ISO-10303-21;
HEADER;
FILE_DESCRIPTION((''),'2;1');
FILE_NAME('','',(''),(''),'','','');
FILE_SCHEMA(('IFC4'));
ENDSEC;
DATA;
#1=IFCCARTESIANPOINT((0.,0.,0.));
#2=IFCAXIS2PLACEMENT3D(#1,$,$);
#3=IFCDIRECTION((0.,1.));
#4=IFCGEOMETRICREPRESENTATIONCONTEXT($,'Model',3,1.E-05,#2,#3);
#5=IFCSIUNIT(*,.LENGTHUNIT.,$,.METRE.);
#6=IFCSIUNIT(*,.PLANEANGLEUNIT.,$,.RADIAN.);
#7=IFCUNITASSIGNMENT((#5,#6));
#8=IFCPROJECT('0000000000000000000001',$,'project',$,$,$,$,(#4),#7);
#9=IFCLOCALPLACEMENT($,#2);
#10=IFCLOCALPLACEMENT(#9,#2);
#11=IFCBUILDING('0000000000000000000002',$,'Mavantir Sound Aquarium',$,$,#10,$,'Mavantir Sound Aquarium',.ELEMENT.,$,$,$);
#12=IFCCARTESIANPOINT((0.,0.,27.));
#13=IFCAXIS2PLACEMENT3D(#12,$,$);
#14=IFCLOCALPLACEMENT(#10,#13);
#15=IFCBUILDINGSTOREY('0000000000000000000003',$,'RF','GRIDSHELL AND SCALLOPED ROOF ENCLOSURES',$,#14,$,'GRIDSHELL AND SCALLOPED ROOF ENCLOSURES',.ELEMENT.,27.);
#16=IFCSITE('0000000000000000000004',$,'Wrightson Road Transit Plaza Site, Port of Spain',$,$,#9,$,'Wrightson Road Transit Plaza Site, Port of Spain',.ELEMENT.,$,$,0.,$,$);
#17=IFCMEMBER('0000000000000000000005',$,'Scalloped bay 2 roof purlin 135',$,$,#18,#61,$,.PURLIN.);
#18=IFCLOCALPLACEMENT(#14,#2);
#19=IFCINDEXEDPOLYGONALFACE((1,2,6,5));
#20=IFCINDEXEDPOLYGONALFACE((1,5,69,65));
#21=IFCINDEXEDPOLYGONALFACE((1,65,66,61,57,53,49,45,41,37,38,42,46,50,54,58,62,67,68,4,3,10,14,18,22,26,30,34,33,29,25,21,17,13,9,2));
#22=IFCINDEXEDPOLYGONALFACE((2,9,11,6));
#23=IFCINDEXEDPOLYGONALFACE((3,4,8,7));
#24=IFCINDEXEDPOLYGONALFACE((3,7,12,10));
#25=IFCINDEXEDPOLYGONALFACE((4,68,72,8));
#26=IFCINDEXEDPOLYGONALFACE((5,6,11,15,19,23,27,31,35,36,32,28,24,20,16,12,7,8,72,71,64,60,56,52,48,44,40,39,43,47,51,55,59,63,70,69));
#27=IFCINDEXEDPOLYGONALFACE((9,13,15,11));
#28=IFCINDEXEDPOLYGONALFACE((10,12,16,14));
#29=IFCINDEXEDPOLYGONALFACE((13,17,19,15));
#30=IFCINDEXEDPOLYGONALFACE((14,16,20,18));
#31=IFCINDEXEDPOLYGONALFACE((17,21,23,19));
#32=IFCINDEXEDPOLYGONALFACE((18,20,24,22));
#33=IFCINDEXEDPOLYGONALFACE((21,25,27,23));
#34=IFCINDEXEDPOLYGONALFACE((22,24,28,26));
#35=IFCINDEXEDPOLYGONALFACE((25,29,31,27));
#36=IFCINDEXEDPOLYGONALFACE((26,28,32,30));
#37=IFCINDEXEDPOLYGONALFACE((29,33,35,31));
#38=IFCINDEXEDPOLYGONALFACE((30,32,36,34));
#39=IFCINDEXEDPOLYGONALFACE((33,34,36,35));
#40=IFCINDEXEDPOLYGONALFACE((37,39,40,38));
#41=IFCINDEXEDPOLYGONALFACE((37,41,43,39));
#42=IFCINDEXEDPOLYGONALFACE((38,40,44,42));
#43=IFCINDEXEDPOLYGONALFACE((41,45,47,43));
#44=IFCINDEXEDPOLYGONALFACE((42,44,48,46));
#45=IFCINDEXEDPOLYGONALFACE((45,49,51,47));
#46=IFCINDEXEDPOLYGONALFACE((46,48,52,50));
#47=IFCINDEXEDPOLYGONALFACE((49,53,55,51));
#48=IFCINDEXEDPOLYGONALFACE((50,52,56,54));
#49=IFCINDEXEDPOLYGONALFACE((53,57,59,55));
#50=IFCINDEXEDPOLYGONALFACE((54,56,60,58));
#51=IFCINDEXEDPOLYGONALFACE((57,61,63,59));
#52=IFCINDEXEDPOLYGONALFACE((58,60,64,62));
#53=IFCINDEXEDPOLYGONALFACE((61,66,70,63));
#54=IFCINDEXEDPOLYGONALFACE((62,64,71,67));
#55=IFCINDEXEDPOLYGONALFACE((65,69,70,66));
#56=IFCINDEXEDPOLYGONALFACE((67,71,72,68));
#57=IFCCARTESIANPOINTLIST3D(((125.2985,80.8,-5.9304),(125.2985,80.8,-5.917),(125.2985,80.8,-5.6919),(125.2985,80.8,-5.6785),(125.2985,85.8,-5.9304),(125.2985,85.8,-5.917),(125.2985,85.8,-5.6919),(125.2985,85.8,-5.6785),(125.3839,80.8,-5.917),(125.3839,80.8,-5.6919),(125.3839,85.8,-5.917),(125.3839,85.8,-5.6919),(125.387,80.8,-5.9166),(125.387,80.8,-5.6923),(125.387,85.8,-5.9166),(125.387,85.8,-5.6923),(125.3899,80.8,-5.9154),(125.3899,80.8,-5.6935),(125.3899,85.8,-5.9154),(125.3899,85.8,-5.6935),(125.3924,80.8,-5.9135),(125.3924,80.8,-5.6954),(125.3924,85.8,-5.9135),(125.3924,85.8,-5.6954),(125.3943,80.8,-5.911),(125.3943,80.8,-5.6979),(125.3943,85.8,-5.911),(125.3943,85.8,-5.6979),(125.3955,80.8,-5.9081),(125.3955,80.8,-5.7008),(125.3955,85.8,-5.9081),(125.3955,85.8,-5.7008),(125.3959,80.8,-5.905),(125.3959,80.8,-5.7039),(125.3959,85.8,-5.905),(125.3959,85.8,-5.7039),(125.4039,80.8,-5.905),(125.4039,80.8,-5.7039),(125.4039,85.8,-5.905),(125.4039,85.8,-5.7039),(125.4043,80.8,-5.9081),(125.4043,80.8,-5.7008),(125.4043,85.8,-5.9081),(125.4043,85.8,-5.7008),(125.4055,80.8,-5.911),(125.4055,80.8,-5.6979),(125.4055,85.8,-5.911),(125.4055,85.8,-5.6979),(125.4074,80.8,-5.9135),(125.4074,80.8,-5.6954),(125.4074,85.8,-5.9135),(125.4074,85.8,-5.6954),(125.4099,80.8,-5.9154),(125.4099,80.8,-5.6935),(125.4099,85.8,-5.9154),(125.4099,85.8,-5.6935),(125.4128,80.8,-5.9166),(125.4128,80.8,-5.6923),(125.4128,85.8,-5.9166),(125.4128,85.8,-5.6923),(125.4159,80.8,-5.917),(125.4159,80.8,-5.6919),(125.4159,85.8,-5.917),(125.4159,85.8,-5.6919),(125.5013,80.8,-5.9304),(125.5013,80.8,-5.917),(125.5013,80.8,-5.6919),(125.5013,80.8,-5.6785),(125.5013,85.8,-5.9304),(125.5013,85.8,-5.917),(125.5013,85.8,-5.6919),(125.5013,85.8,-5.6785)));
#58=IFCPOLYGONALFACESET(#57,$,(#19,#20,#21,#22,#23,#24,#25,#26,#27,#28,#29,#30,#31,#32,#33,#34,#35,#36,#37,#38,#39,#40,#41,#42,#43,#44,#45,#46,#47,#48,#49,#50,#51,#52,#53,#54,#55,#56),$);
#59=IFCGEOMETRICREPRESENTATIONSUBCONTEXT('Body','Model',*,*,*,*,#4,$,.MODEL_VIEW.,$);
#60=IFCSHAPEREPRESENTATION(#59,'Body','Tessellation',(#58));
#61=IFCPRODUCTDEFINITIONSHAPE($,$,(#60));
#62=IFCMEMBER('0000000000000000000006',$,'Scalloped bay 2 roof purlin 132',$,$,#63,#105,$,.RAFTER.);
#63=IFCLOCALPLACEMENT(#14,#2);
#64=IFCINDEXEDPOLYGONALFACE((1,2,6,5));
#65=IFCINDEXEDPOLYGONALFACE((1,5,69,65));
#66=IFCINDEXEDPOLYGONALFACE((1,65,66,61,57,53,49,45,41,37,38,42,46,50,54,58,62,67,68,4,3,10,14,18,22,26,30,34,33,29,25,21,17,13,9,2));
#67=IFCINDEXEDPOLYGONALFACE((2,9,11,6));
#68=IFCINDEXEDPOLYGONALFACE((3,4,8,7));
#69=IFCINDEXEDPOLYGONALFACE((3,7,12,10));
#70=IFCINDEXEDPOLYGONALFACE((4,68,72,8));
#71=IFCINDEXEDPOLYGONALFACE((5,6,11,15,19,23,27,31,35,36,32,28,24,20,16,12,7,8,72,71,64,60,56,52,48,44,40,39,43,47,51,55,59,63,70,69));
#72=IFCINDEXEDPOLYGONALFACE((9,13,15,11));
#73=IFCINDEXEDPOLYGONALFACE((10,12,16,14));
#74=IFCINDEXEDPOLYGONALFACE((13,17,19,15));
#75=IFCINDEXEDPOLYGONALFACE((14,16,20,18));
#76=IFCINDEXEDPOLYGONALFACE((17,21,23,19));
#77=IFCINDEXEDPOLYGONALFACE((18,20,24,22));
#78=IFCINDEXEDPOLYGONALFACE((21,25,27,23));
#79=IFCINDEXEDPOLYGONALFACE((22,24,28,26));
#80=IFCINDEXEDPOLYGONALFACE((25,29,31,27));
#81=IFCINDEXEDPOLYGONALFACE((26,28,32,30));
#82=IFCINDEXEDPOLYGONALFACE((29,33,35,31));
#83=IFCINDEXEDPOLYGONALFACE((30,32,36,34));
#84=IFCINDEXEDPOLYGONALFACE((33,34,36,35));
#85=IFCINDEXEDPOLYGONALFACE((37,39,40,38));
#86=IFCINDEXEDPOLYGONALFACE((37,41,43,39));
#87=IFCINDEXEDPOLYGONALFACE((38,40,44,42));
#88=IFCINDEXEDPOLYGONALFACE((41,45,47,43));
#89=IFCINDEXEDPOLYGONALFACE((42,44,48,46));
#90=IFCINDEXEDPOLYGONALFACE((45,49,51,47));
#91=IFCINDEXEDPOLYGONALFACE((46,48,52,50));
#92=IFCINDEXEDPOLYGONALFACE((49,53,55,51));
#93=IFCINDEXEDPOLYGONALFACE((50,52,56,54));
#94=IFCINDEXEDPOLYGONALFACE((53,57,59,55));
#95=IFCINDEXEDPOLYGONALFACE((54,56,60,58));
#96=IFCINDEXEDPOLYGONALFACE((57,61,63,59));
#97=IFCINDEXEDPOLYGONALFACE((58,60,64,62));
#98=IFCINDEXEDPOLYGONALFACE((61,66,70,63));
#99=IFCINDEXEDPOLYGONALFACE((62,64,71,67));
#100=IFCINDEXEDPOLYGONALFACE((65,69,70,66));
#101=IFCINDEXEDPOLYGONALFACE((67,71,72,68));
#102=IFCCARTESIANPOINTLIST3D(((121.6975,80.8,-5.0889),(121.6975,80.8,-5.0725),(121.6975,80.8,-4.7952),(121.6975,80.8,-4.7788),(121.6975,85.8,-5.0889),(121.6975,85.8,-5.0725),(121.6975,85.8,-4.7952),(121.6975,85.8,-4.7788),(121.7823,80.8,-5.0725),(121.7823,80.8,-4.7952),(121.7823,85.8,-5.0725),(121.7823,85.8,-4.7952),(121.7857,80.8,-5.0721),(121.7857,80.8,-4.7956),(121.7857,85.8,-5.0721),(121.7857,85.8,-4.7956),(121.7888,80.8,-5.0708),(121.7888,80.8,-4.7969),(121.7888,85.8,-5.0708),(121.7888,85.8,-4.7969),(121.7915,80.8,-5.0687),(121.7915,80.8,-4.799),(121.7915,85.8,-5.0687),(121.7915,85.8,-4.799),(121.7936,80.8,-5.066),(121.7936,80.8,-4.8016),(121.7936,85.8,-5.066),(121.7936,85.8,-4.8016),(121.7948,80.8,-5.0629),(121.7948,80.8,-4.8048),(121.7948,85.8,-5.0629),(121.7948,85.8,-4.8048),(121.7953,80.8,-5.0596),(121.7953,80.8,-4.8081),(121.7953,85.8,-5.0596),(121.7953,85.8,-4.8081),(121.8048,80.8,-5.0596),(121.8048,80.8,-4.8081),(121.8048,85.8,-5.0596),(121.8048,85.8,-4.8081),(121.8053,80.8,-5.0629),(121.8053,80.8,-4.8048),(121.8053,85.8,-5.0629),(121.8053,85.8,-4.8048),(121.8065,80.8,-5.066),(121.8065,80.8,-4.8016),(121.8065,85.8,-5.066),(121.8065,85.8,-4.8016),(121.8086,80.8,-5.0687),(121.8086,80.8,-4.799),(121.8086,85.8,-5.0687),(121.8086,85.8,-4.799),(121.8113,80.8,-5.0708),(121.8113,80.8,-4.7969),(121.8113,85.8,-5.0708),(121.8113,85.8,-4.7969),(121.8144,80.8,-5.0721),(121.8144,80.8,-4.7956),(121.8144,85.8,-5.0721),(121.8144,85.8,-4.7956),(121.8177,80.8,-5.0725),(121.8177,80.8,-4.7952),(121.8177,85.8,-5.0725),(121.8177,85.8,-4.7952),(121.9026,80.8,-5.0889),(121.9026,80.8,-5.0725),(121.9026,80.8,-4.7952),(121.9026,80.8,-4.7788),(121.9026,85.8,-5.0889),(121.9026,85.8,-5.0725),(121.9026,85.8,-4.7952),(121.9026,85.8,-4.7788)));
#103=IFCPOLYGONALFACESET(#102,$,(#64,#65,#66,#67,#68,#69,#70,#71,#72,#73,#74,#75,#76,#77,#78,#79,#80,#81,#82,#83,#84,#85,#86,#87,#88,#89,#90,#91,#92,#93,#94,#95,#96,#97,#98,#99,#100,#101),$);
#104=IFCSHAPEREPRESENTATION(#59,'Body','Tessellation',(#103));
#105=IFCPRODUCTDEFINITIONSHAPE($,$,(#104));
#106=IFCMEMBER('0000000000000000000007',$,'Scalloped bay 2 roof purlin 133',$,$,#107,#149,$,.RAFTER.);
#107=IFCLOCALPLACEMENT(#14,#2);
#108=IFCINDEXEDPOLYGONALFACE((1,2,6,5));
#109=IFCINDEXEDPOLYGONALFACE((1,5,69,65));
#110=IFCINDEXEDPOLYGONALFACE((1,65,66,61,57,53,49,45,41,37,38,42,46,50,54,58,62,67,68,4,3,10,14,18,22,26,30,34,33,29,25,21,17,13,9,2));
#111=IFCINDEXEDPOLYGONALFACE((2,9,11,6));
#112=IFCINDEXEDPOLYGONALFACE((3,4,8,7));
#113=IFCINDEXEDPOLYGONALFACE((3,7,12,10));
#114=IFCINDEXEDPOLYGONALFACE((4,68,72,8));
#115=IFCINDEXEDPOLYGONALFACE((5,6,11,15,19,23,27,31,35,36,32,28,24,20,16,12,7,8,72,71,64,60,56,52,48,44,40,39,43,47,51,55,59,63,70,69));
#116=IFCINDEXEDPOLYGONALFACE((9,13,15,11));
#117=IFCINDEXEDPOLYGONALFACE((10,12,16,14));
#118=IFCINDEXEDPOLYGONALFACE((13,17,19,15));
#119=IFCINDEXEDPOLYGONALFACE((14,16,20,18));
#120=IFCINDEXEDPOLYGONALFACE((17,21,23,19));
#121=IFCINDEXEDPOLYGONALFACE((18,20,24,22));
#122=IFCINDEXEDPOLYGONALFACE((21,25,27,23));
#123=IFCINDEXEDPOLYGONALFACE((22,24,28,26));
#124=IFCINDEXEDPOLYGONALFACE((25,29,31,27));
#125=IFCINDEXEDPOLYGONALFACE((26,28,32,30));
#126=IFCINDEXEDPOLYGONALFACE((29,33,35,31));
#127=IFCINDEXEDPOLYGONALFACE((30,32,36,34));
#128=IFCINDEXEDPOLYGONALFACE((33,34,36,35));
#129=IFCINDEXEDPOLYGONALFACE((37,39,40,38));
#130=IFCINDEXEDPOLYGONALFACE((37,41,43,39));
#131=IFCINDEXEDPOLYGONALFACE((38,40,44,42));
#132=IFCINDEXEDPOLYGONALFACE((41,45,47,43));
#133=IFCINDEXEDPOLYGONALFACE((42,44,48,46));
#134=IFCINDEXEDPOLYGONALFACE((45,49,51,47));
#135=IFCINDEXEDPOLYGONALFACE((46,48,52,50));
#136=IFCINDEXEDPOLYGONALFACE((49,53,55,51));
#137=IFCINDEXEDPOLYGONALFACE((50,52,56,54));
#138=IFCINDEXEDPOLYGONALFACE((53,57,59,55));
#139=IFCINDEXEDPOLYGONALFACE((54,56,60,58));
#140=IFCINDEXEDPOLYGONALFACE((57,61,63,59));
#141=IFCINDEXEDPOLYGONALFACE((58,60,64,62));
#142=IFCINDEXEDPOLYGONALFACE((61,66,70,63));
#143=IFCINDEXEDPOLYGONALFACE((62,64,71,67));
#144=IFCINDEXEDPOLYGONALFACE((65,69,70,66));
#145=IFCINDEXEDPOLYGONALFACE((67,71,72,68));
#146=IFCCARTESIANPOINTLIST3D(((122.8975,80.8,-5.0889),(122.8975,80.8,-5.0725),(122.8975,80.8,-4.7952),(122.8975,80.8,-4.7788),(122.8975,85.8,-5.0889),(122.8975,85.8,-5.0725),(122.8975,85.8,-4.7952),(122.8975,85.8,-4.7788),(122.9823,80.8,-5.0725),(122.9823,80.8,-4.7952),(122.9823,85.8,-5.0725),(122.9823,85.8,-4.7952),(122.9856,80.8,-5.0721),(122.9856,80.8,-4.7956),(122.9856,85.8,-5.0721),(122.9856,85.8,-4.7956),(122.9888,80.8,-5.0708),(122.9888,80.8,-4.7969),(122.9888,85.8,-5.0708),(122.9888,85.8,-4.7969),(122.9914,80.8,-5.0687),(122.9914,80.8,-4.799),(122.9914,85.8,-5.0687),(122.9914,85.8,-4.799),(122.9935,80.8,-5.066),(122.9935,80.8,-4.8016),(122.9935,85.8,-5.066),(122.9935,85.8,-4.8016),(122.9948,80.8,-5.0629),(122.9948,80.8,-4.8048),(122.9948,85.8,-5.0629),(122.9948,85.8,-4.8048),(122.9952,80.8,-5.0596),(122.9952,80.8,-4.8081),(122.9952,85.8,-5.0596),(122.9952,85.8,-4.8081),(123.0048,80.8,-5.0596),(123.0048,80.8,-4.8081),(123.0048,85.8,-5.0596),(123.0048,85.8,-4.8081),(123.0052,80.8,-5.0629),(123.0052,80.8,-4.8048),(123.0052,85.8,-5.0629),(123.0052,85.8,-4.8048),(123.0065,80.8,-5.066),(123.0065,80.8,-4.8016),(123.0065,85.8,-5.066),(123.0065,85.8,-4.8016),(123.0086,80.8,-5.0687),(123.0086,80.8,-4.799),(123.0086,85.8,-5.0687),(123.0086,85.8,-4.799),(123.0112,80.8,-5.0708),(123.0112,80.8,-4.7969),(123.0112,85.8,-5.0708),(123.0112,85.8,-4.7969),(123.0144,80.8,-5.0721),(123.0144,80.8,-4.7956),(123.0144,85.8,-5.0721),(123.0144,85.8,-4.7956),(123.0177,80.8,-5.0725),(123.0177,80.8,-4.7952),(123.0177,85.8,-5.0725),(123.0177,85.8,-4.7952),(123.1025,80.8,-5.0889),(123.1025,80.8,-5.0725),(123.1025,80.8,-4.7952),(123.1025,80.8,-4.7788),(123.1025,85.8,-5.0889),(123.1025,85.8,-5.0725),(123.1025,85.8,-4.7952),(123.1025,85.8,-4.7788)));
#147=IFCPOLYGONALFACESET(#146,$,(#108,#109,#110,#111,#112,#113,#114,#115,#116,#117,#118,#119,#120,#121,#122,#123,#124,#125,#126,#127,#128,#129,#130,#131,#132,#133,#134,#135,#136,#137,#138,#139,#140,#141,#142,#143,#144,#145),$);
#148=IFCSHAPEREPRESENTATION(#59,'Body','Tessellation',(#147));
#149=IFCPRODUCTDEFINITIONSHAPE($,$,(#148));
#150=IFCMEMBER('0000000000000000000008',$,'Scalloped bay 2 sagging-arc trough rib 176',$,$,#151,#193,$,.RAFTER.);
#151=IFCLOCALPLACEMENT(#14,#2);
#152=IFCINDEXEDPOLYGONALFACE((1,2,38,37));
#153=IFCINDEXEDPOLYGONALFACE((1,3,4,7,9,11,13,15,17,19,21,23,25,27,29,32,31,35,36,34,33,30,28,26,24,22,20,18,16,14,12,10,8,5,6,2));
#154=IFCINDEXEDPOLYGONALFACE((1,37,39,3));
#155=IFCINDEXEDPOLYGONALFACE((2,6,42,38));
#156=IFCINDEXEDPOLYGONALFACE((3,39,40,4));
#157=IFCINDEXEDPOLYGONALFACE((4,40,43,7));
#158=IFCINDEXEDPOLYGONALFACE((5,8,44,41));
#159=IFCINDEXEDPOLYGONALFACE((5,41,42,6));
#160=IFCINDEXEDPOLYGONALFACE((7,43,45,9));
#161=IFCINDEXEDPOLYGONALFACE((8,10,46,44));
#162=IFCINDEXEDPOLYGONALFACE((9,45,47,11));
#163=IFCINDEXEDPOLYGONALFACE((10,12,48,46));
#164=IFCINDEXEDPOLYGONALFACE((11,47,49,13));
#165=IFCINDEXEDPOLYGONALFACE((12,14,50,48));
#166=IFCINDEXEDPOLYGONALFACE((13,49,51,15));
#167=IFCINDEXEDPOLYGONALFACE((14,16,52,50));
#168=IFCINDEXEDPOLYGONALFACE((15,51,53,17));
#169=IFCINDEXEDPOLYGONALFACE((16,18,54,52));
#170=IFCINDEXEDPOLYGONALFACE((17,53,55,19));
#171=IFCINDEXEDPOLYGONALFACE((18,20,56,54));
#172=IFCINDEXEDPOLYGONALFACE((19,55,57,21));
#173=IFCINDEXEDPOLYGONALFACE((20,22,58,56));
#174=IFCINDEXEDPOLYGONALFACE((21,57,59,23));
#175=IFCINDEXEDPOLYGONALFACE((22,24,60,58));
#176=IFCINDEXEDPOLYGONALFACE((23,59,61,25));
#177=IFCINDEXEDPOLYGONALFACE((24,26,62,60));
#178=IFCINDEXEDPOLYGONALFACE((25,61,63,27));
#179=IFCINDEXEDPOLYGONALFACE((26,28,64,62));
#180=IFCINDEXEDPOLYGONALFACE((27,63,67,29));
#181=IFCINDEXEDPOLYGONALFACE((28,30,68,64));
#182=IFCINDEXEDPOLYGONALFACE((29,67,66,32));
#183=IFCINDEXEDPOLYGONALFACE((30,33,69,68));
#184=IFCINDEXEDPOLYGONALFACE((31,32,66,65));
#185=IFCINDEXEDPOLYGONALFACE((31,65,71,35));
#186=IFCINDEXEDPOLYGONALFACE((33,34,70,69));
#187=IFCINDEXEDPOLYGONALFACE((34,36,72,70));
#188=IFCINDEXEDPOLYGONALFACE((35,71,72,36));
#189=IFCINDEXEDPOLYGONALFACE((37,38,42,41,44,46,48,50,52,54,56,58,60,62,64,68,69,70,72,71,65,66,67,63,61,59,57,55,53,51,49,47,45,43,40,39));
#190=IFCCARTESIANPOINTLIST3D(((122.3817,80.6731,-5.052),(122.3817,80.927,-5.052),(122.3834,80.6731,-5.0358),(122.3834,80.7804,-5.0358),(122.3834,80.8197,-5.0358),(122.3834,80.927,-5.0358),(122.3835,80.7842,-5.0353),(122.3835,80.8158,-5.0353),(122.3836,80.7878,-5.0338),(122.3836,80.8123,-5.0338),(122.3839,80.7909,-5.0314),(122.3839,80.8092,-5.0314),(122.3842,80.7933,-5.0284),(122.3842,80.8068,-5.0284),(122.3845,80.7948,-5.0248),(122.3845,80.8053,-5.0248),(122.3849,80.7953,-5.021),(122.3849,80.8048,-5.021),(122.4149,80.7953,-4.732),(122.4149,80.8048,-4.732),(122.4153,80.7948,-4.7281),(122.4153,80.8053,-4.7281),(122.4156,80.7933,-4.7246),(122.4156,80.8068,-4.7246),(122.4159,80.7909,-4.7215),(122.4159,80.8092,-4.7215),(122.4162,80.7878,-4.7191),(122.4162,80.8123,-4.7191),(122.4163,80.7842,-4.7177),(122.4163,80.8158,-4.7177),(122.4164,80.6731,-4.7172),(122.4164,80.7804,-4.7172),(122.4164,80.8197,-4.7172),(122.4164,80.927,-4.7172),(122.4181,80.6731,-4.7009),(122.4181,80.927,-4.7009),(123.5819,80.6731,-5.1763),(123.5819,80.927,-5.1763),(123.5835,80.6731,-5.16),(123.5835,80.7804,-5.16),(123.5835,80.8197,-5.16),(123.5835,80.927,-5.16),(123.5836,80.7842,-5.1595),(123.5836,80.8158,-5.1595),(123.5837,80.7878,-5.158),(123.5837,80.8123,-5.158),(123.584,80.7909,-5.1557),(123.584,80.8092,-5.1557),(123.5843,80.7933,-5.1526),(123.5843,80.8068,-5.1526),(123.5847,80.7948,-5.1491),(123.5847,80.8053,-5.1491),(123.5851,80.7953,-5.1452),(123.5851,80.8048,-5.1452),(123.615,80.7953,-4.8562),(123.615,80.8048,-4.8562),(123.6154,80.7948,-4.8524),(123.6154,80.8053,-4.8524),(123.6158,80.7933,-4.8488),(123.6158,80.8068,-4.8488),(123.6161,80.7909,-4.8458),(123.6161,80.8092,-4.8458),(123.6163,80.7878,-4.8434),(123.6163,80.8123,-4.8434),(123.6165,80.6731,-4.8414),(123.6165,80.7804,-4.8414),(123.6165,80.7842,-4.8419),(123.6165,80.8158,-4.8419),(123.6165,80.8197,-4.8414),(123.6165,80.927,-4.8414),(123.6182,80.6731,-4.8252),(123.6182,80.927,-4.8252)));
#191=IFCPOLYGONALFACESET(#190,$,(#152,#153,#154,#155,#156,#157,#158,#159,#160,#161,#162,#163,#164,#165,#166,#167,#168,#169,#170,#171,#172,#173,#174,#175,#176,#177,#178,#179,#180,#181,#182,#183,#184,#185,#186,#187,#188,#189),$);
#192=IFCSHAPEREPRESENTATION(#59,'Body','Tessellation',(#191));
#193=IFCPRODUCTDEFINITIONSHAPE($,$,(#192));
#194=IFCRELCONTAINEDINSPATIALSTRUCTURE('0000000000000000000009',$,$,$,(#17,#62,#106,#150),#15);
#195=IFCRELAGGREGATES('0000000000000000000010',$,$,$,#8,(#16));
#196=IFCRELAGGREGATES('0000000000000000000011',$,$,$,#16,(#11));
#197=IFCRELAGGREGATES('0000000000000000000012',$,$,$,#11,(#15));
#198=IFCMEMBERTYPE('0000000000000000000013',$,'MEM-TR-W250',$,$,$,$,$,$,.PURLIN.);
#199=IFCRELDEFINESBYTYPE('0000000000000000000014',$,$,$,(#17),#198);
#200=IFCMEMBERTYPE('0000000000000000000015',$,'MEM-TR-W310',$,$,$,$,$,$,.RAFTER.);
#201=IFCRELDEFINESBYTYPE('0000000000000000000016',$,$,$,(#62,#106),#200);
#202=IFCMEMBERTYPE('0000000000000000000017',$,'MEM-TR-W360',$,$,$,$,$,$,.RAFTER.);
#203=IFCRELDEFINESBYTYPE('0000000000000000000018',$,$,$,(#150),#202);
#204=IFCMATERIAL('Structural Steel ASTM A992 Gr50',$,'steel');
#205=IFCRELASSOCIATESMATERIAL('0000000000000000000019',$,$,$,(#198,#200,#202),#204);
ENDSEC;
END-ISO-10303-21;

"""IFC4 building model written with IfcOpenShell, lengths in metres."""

from ifc_helpers import new_model, si_unit, direction, frame, origin, origin_2d, place, context, subcontext, project, spatial, i_section, extrude, material, material_profile, profile_set, type_object, element, save


model = new_model("IFC4")

# Units and contexts
model_context = context("Model", 3, precision=1e-05, world=origin(), true_north=direction((0.0, 1.0)))
body_context = subcontext(model_context, "Body", "Model", "MODEL_VIEW")
ifc_project = project(units=[si_unit("LENGTHUNIT", "METRE"), si_unit("PLANEANGLEUNIT", "RADIAN")], contexts=[model_context])

# Site, building, storey
site_placement = place(None, origin())
site = spatial("IfcSite", under=ifc_project, at=site_placement, Name="Wrightson Road Transit Plaza Site, Port of Spain", LongName="Wrightson Road Transit Plaza Site, Port of Spain", CompositionType="ELEMENT", RefElevation=0.0)
building_placement = place(site_placement, origin())
building = spatial("IfcBuilding", under=site, at=building_placement, Name="Mavantir Sound Aquarium", LongName="Mavantir Sound Aquarium", CompositionType="ELEMENT")
storey_placement = place(building_placement, frame((0.0, 0.0, 27.0)))
storey = spatial("IfcBuildingStorey", under=building, at=storey_placement, Name="RF", Description="GRIDSHELL AND SCALLOPED ROOF ENCLOSURES", LongName="GRIDSHELL AND SCALLOPED ROOF ENCLOSURES", CompositionType="ELEMENT", Elevation=27.0)

# Shared definitions
ifc_material_1 = material(Name="Structural Steel ASTM A992 Gr50", Category="steel")

# Members
ifc_material_profile_1 = material_profile(ifc_material_1, i_section(OverallWidth=0.2029, OverallDepth=0.252, WebThickness=0.0081, FlangeThickness=0.0134, FilletRadius=0.012, at=origin_2d()), Name="W250X58")
ifc_profile_set_1 = profile_set([ifc_material_profile_1], Name="Structural Steel ASTM A992 Gr50")
member_type_1 = type_object("IfcMemberType", Name="MEM-TR-W250", PredefinedType="PURLIN", material=ifc_profile_set_1)
member_1_placement = place(storey_placement, frame((125.3999, 80.8, -5.8044), z_axis=(0.0, 1.0, 0.0), x_axis=(-1.0, 0.0, 0.0)))
element("IfcMember", 1, at=member_1_placement, inside=storey, type_object=member_type_1, Name="Scalloped bay 2 roof purlin 135", PredefinedType="PURLIN", context=body_context, shape_type="SweptSolid", body=[
    extrude(i_section(OverallWidth=0.2029, OverallDepth=0.252, WebThickness=0.0081, FlangeThickness=0.0134, FilletRadius=0.012, at=origin_2d()), origin(), (0.0, 0.0, 1.0), 5.0),
])
ifc_material_profile_2 = material_profile(ifc_material_1, i_section(OverallWidth=0.2051, OverallDepth=0.3101, WebThickness=0.0095, FlangeThickness=0.0164, FilletRadius=0.0129, at=origin_2d()), Name="W310X74")
ifc_profile_set_2 = profile_set([ifc_material_profile_2], Name="Structural Steel ASTM A992 Gr50")
member_type_2 = type_object("IfcMemberType", Name="MEM-TR-W310", PredefinedType="RAFTER", material=ifc_profile_set_2)
for number, where, z_axis, x_axis, name in (
    (2, (121.8, 80.8, -4.9338), (0.0, 1.0, 0.0), (-1.0, 0.0, 0.0), "Scalloped bay 2 roof purlin 132"),
    (3, (123.0, 80.8, -4.9338), (0.0, 1.0, 0.0), (-1.0, 0.0, 0.0), "Scalloped bay 2 roof purlin 133"),
):
    element("IfcMember", number, at=place(storey_placement, frame(where, z_axis=z_axis, x_axis=x_axis)), inside=storey, type_object=member_type_2, Name=name, PredefinedType="RAFTER", context=body_context, shape_type="SweptSolid", body=[
        extrude(i_section(OverallWidth=0.2051, OverallDepth=0.3101, WebThickness=0.0095, FlangeThickness=0.0164, FilletRadius=0.0129, at=origin_2d()), origin(), (0.0, 0.0, 1.0), 5.0),
    ])
ifc_material_profile_3 = material_profile(ifc_material_1, i_section(OverallWidth=0.2539, OverallDepth=0.353, WebThickness=0.0095, FlangeThickness=0.0164, FilletRadius=0.0149, at=origin_2d()), Name="W360X91")
ifc_profile_set_3 = profile_set([ifc_material_profile_3], Name="Structural Steel ASTM A992 Gr50")
member_type_3 = type_object("IfcMemberType", Name="MEM-TR-W360", PredefinedType="RAFTER", material=ifc_profile_set_3)
member_2_placement = place(storey_placement, frame((122.3999, 80.8, -4.8765), z_axis=(0.994683, 0.0, -0.102989), x_axis=(0.0, 1.0, 0.0)))
element("IfcMember", 4, at=member_2_placement, inside=storey, type_object=member_type_3, Name="Scalloped bay 2 sagging-arc trough rib 176", PredefinedType="RAFTER", context=body_context, shape_type="SweptSolid", body=[
    extrude(i_section(OverallWidth=0.2539, OverallDepth=0.353, WebThickness=0.0095, FlangeThickness=0.0164, FilletRadius=0.0149, at=origin_2d()), origin(), (0.0, 0.0, 1.0), 1.2065),
])

save(model, "model.ifc")
